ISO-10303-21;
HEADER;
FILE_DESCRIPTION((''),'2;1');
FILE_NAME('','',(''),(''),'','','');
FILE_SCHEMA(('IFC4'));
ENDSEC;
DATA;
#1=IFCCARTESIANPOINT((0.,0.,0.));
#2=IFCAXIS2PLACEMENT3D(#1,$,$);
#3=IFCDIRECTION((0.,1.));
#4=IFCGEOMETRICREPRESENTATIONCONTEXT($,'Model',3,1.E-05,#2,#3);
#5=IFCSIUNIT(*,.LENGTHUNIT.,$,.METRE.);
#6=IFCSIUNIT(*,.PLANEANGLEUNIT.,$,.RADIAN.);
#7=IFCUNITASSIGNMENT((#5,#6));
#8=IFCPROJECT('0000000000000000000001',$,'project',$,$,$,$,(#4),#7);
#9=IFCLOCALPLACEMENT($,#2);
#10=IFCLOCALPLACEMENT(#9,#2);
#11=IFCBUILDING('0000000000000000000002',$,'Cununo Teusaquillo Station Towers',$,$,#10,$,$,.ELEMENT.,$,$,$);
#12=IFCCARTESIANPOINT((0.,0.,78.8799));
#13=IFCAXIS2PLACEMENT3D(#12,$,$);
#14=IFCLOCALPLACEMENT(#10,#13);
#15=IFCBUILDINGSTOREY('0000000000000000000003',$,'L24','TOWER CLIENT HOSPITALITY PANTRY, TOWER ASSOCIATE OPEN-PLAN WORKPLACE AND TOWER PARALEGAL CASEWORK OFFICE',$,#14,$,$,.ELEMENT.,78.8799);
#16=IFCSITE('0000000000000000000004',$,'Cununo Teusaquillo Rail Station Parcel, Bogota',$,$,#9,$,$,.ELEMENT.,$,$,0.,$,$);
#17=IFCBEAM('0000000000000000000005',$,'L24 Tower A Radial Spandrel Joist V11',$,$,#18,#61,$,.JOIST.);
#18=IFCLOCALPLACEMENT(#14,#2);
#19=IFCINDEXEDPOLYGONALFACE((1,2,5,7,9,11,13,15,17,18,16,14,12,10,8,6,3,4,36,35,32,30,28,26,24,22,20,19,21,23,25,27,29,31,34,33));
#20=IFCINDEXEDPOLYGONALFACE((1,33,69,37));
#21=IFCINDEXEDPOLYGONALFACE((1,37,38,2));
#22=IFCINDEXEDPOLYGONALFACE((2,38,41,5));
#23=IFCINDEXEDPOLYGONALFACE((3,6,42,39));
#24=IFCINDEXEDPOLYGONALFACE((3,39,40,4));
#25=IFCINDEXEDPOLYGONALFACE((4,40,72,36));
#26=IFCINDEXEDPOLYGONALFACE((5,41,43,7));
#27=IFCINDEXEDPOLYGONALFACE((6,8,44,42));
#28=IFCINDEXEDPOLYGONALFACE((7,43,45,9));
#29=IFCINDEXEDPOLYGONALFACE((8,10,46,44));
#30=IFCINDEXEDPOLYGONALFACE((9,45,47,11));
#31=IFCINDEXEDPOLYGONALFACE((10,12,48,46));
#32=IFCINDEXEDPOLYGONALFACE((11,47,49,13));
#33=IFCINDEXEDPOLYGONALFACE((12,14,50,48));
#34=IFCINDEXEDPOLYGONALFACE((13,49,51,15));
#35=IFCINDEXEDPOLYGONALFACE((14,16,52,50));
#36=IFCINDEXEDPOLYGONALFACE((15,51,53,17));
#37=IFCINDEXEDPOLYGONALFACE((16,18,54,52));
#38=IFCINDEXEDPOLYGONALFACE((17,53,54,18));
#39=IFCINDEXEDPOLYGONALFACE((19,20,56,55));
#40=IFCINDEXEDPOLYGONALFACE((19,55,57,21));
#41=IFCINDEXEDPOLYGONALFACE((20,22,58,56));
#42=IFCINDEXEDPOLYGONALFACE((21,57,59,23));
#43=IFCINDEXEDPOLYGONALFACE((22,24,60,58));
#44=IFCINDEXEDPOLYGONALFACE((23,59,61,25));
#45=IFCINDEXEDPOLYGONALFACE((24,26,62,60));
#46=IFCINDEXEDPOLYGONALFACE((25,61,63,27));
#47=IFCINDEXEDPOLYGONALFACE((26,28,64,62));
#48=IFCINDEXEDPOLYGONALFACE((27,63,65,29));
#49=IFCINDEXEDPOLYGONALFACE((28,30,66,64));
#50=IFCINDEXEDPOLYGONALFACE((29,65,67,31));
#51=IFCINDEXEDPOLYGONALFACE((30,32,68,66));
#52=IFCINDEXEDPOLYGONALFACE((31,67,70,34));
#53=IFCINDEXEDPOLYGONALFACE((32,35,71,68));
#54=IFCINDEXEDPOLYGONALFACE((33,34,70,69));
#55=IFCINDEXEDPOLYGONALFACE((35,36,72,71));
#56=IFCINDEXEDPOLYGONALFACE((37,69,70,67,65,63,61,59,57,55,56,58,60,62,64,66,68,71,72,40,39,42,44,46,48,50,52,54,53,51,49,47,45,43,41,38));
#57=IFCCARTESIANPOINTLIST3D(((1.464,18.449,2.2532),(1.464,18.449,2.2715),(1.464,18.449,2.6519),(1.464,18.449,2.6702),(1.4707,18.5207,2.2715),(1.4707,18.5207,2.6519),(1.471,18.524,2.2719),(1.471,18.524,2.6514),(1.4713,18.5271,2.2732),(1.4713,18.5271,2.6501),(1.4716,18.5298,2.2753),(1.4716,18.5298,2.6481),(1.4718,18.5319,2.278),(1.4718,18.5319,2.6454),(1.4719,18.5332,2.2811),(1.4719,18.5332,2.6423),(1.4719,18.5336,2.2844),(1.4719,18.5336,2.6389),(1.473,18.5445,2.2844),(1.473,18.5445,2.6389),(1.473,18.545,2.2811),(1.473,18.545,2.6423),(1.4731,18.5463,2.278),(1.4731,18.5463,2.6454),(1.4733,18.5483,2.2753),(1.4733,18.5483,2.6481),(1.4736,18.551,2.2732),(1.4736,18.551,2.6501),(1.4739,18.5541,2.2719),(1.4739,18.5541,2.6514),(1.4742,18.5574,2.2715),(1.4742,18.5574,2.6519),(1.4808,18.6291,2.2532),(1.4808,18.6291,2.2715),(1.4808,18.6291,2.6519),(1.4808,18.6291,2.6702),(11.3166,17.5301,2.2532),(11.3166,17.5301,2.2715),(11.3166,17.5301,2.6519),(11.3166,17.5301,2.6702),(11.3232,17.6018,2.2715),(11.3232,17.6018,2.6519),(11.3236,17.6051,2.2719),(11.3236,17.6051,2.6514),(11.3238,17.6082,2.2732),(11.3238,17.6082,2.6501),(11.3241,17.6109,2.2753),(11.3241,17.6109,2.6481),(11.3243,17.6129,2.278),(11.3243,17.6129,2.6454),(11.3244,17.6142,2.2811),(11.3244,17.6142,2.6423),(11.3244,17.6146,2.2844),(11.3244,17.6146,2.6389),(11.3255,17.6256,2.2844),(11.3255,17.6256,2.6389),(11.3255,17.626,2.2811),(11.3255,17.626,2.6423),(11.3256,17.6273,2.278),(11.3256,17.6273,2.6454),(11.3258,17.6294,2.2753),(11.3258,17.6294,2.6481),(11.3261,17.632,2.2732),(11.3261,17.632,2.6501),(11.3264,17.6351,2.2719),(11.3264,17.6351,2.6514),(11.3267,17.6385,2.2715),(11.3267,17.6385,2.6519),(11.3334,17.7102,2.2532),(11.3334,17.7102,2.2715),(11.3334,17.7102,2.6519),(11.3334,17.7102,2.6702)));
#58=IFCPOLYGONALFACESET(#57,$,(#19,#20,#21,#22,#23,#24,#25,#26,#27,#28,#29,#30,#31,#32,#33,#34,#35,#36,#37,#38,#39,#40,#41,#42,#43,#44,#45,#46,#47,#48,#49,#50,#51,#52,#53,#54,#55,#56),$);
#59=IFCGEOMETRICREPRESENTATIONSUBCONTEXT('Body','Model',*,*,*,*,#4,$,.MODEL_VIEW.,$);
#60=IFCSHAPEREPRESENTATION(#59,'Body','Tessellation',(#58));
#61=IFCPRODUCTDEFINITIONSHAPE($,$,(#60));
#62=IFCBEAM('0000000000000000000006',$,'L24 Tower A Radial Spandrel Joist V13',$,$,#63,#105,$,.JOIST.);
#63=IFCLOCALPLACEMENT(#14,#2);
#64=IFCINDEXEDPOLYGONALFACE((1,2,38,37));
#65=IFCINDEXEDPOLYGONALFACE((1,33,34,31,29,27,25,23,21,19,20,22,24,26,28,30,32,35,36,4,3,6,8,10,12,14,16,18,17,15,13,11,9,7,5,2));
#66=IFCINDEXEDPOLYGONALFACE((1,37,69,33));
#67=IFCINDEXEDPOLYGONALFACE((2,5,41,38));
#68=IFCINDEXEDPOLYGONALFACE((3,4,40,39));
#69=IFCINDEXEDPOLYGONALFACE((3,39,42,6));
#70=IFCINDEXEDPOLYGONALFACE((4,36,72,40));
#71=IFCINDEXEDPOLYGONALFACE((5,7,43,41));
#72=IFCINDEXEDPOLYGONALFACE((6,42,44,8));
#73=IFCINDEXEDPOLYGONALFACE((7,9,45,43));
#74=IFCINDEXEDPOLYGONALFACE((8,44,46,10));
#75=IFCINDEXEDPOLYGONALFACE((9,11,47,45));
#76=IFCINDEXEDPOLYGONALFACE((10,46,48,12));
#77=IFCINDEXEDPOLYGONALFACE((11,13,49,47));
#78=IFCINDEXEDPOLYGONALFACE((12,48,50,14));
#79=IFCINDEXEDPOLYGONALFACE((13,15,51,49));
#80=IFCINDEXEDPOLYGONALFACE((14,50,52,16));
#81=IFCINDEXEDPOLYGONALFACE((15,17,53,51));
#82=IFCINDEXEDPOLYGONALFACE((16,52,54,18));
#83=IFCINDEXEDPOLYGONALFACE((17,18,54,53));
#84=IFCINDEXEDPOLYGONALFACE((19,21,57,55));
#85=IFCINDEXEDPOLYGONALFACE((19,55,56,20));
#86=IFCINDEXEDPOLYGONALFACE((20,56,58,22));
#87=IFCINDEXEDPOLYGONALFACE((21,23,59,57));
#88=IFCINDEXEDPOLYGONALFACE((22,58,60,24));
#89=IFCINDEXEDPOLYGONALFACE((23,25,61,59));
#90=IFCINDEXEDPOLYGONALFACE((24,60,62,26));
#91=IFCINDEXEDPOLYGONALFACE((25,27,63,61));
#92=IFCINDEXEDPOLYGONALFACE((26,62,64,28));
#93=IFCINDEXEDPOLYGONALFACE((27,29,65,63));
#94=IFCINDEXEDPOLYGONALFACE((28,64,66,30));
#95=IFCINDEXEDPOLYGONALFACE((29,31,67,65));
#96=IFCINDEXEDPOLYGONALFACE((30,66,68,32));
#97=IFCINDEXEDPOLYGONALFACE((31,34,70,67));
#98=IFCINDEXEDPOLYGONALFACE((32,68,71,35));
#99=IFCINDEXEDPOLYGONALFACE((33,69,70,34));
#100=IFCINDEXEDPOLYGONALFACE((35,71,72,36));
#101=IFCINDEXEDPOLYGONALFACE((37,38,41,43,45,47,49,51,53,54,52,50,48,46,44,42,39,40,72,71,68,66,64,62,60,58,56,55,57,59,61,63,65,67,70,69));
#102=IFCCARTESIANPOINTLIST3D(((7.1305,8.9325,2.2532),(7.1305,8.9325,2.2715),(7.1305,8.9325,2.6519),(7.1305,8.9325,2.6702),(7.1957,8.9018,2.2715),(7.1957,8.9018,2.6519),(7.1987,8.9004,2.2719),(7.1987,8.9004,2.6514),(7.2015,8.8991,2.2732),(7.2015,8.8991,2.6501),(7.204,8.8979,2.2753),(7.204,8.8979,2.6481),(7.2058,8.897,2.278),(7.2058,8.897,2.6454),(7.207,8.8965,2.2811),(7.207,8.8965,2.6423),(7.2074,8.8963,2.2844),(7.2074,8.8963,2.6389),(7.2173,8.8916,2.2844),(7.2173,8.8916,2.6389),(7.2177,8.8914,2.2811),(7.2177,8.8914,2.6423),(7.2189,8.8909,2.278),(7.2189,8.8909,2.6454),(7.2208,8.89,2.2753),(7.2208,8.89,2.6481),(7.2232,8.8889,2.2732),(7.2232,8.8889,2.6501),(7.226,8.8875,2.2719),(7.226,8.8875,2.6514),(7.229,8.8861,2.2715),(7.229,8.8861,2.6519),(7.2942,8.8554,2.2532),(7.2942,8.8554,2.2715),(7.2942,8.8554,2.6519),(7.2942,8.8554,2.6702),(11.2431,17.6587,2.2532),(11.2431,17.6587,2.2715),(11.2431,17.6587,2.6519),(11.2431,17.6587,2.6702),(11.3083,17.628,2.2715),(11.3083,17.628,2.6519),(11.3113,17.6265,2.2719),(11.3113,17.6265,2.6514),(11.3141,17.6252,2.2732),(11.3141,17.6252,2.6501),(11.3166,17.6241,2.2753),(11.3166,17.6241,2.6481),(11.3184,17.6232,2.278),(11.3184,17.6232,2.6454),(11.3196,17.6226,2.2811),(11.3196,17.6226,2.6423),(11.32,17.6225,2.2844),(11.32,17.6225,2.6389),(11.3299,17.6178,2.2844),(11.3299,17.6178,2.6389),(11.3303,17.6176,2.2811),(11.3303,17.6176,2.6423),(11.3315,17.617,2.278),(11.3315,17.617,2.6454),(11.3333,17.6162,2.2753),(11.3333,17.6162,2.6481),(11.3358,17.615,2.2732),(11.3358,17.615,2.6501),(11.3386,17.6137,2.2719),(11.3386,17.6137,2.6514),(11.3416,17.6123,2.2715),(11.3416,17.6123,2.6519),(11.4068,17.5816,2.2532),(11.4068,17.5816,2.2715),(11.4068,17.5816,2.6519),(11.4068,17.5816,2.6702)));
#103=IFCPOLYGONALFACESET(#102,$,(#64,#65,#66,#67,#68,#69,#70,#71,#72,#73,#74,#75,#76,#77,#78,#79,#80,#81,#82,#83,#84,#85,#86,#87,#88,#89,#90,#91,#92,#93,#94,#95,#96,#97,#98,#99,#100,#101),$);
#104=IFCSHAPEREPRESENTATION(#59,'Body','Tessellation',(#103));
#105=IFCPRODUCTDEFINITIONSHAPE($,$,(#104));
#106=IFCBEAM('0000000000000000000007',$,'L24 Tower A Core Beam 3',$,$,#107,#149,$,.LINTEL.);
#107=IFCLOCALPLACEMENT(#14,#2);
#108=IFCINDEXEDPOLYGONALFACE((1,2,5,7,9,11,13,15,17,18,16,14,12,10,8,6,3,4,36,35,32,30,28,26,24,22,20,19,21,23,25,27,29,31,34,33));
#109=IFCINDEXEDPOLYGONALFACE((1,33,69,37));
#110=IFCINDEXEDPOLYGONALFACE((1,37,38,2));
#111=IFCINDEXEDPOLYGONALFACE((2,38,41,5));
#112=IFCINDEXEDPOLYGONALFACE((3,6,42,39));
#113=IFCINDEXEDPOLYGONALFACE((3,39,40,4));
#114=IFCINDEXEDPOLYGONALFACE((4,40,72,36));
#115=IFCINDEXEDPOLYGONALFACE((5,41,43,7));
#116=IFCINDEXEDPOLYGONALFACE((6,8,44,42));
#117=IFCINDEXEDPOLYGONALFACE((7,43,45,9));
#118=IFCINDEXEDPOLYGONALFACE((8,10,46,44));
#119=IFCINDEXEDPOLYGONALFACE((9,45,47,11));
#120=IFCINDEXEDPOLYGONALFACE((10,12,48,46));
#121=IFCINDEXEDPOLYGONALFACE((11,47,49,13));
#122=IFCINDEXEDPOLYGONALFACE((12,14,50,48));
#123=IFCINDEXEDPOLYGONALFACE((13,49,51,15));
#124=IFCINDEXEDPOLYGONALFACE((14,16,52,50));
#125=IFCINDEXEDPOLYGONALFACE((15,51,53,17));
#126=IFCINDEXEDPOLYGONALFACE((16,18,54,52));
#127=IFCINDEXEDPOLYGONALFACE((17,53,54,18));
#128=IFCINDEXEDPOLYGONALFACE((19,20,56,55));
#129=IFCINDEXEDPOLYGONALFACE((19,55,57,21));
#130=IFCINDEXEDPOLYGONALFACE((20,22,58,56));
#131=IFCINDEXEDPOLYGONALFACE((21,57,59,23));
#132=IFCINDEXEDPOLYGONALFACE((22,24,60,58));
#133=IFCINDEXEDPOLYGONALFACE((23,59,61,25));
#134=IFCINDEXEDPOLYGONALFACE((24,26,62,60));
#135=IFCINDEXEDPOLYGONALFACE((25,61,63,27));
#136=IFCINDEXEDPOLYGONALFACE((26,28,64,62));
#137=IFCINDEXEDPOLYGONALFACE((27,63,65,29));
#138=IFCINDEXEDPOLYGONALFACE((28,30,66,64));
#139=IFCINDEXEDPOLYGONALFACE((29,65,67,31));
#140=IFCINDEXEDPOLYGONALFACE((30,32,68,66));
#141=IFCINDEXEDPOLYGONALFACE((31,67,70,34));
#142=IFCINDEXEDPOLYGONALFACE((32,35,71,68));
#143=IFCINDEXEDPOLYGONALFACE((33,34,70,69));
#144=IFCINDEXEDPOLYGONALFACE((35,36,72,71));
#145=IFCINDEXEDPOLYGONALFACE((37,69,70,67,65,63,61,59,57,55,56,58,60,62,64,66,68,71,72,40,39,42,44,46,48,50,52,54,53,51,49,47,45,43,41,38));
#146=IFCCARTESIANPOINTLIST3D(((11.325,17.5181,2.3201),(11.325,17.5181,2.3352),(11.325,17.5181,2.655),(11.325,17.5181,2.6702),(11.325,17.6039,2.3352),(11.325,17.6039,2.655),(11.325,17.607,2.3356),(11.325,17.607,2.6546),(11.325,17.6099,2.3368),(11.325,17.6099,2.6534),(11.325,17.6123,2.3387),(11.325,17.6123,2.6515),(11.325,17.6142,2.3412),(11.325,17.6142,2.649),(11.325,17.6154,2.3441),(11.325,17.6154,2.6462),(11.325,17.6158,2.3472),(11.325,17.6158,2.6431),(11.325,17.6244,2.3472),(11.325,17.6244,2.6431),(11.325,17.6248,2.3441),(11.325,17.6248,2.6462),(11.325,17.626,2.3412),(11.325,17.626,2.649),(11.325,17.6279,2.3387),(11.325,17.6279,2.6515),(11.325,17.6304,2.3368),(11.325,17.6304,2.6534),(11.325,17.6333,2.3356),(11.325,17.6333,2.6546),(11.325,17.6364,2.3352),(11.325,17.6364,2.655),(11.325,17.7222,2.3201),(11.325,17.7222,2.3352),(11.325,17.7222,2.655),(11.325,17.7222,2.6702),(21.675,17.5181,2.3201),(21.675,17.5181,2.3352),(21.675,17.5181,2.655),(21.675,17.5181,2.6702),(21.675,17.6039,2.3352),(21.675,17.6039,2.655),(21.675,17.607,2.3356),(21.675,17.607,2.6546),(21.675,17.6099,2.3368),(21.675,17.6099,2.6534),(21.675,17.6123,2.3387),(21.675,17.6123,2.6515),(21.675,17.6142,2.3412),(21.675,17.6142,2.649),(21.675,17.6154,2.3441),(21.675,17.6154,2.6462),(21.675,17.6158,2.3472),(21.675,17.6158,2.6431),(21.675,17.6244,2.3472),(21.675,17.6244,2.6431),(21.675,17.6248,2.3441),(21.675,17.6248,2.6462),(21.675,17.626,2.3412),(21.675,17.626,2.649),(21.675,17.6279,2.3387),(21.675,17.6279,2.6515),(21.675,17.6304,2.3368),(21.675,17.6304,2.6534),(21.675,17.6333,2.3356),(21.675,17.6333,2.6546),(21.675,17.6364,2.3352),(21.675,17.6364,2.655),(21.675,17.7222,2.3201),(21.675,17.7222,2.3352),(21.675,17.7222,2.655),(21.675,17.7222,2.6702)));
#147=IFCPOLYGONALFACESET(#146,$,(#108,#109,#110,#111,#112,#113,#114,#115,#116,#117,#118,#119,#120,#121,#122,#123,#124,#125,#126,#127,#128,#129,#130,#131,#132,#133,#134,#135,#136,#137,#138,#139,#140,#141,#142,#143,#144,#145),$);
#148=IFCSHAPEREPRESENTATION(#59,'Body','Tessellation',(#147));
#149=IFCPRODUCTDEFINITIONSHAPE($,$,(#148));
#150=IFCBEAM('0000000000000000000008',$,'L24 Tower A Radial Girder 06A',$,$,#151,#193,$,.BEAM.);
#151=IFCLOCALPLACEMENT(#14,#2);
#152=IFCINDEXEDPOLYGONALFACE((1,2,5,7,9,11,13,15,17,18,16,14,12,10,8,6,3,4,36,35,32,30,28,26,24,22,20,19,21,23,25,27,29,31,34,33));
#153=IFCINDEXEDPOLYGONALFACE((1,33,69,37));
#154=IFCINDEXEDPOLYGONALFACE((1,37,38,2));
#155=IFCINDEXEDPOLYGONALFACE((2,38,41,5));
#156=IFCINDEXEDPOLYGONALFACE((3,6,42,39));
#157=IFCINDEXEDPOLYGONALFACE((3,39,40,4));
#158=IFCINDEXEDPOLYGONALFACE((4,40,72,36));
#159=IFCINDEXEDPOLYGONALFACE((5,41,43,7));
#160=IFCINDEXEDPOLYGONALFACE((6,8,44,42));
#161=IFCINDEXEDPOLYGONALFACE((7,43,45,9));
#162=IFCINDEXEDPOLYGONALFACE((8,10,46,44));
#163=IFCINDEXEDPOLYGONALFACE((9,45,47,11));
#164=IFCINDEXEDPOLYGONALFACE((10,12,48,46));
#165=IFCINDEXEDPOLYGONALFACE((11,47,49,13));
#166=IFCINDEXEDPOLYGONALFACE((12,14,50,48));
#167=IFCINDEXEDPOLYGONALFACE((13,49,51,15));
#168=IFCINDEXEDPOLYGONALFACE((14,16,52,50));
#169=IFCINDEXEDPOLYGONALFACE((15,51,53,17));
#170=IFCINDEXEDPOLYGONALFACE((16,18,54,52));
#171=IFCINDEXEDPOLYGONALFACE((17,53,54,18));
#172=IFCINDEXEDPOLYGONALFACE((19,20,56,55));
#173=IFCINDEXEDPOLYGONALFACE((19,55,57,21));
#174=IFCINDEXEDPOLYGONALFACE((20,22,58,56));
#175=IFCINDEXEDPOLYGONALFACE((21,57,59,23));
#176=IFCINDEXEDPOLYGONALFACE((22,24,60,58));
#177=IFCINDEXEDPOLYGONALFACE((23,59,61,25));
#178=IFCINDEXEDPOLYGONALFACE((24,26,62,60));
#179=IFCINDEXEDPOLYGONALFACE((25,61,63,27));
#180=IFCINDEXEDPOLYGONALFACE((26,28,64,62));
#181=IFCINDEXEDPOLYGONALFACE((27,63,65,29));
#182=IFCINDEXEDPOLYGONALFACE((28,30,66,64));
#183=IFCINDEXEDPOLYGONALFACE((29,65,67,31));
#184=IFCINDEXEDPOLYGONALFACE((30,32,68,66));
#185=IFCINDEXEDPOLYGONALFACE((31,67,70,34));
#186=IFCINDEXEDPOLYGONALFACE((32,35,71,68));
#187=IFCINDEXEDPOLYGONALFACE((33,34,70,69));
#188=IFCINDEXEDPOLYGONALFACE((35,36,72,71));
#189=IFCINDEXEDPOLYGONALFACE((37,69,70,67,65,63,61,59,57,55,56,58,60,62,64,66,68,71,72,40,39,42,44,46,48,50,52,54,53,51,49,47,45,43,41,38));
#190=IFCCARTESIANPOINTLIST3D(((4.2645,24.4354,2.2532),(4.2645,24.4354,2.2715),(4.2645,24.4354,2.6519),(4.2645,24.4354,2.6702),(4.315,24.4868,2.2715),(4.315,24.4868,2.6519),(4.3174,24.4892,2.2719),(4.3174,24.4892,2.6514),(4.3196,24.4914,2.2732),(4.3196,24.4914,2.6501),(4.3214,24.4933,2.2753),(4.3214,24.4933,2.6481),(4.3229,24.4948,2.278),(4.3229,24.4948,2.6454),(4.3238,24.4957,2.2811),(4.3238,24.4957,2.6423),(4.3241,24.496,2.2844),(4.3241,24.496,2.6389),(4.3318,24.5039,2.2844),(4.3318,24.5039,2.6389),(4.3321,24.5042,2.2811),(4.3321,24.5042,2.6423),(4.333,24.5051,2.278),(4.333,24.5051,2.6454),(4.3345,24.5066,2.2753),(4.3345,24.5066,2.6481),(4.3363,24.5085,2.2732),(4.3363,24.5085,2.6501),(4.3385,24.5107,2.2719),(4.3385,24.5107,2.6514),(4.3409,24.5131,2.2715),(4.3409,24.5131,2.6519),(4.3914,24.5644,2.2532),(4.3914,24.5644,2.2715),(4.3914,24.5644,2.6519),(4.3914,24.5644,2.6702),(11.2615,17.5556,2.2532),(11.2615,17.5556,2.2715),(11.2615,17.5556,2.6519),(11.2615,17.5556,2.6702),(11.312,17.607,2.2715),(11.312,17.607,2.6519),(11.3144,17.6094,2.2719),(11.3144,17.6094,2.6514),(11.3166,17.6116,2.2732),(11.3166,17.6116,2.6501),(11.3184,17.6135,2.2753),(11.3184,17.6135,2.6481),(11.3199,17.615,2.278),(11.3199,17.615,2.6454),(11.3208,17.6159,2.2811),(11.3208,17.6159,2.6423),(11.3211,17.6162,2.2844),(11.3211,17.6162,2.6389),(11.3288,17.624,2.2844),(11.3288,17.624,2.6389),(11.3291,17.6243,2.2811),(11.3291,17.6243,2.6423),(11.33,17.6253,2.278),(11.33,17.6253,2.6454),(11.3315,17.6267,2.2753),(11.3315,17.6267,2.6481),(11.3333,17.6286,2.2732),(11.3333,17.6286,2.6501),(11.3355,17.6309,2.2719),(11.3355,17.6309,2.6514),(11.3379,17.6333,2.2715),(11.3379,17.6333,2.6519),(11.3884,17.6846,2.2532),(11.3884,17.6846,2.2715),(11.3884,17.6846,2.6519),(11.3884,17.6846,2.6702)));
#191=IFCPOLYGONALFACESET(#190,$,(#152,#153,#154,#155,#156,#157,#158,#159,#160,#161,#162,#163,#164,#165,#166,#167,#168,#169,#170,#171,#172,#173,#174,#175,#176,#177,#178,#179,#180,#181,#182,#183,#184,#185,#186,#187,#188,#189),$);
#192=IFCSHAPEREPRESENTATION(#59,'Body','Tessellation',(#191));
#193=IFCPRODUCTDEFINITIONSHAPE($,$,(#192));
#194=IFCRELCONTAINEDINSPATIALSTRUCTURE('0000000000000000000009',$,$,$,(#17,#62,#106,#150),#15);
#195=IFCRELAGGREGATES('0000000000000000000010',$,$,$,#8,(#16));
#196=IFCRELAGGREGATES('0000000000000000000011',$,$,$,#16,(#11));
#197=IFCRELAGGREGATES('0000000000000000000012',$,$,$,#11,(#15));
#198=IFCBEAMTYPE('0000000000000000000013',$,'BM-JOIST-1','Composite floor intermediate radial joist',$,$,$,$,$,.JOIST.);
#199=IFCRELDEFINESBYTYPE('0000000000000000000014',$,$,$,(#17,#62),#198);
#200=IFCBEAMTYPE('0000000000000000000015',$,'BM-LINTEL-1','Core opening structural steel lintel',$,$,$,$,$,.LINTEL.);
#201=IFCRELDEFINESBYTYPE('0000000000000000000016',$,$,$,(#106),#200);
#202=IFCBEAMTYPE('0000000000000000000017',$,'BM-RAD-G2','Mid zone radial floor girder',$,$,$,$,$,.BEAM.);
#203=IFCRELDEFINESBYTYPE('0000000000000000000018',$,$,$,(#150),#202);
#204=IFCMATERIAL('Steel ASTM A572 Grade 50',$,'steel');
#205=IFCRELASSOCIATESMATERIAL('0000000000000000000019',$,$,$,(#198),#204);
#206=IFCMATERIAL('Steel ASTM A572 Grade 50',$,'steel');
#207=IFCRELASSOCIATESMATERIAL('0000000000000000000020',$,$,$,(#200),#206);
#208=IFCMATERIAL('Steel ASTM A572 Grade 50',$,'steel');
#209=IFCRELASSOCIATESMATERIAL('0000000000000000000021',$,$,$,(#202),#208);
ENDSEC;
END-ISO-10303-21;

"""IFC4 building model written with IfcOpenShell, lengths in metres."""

from ifc_helpers import new_model, si_unit, direction, frame, origin, origin_2d, place, context, subcontext, project, spatial, i_section, extrude, material, material_profile, profile_set, type_object, element, save


model = new_model("IFC4")

# Units and contexts
model_context = context("Model", 3, precision=1e-05, world=origin(), true_north=direction((0.0, 1.0)))
body_context = subcontext(model_context, "Body", "Model", "MODEL_VIEW")
ifc_project = project(units=[si_unit("LENGTHUNIT", "METRE"), si_unit("PLANEANGLEUNIT", "RADIAN")], contexts=[model_context])

# Site, building, storey
site_placement = place(None, origin())
site = spatial("IfcSite", under=ifc_project, at=site_placement, Name="Cununo Teusaquillo Rail Station Parcel, Bogota", CompositionType="ELEMENT", RefElevation=0.0)
building_placement = place(site_placement, origin())
building = spatial("IfcBuilding", under=site, at=building_placement, Name="Cununo Teusaquillo Station Towers", CompositionType="ELEMENT")
storey_placement = place(building_placement, frame((0.0, 0.0, 78.8799)))
storey = spatial("IfcBuildingStorey", under=building, at=storey_placement, Name="L24", Description="TOWER CLIENT HOSPITALITY PANTRY, TOWER ASSOCIATE OPEN-PLAN WORKPLACE AND TOWER PARALEGAL CASEWORK OFFICE", CompositionType="ELEMENT", Elevation=78.8799)

# Beams
ifc_material_1 = material(Name="Steel ASTM A572 Grade 50", Category="steel")
ifc_material_profile_1 = material_profile(ifc_material_1, i_section(OverallWidth=0.1809, OverallDepth=0.417, WebThickness=0.011, FlangeThickness=0.0183, FilletRadius=0.0129, at=origin_2d()), Name="W16X57")
ifc_profile_set_1 = profile_set([ifc_material_profile_1], Name="Steel ASTM A572 Grade 50")
beam_type_1 = type_object("IfcBeamType", Name="BM-JOIST-1", Description="Composite floor intermediate radial joist", PredefinedType="JOIST", material=ifc_profile_set_1)
beam_1_placement = place(storey_placement, frame((11.325, 17.6201, 2.4617), z_axis=(-0.995679, 0.092867, 0.0), x_axis=(-0.092867, -0.995679, 0.0)))
element("IfcBeam", 1, at=beam_1_placement, inside=storey, type_object=beam_type_1, Name="L24 Tower A Radial Spandrel Joist V11", PredefinedType="JOIST", context=body_context, shape_type="SweptSolid", body=[
    extrude(i_section(OverallWidth=0.1809, OverallDepth=0.417, WebThickness=0.011, FlangeThickness=0.0183, FilletRadius=0.0129, at=origin_2d()), origin(), (0.0, 0.0, 1.0), 9.8953),
])
beam_2_placement = place(storey_placement, frame((11.325, 17.6201, 2.4617), z_axis=(-0.42632, -0.904572, 0.0), x_axis=(0.904572, -0.42632, 0.0)))
element("IfcBeam", 2, at=beam_2_placement, inside=storey, type_object=beam_type_1, Name="L24 Tower A Radial Spandrel Joist V13", PredefinedType="JOIST", context=body_context, shape_type="SweptSolid", body=[
    extrude(i_section(OverallWidth=0.1809, OverallDepth=0.417, WebThickness=0.011, FlangeThickness=0.0183, FilletRadius=0.0129, at=origin_2d()), origin(), (0.0, 0.0, 1.0), 9.6467),
])
ifc_material_2 = material(Name="Steel ASTM A572 Grade 50", Category="steel")
ifc_material_profile_2 = material_profile(ifc_material_2, i_section(OverallWidth=0.2041, OverallDepth=0.3501, WebThickness=0.0085, FlangeThickness=0.0151, FilletRadius=0.012, at=origin_2d()), Name="W14X48")
ifc_profile_set_2 = profile_set([ifc_material_profile_2], Name="Steel ASTM A572 Grade 50")
beam_type_2 = type_object("IfcBeamType", Name="BM-LINTEL-1", Description="Core opening structural steel lintel", PredefinedType="LINTEL", material=ifc_profile_set_2)
beam_3_placement = place(storey_placement, frame((11.325, 17.6201, 2.4951), z_axis=(1.0, 0.0, 0.0), x_axis=(0.0, 1.0, 0.0)))
element("IfcBeam", 3, at=beam_3_placement, inside=storey, type_object=beam_type_2, Name="L24 Tower A Core Beam 3", PredefinedType="LINTEL", context=body_context, shape_type="SweptSolid", body=[
    extrude(i_section(OverallWidth=0.2041, OverallDepth=0.3501, WebThickness=0.0085, FlangeThickness=0.0151, FilletRadius=0.012, at=origin_2d()), origin(), (0.0, 0.0, 1.0), 10.3501),
])
ifc_material_3 = material(Name="Steel ASTM A572 Grade 50", Category="steel")
ifc_material_profile_3 = material_profile(ifc_material_3, i_section(OverallWidth=0.1809, OverallDepth=0.417, WebThickness=0.011, FlangeThickness=0.0183, FilletRadius=0.0129, at=origin_2d()), Name="W16X57")
ifc_profile_set_3 = profile_set([ifc_material_profile_3], Name="Steel ASTM A572 Grade 50")
beam_type_3 = type_object("IfcBeamType", Name="BM-RAD-G2", Description="Mid zone radial floor girder", PredefinedType="BEAM", material=ifc_profile_set_3)
beam_4_placement = place(storey_placement, frame((11.325, 17.6201, 2.4617), z_axis=(-0.713053, 0.70111, 0.0), x_axis=(-0.70111, -0.713053, 0.0)))
element("IfcBeam", 4, at=beam_4_placement, inside=storey, type_object=beam_type_3, Name="L24 Tower A Radial Girder 06A", PredefinedType="BEAM", context=body_context, shape_type="SweptSolid", body=[
    extrude(i_section(OverallWidth=0.1809, OverallDepth=0.417, WebThickness=0.011, FlangeThickness=0.0183, FilletRadius=0.0129, at=origin_2d()), origin(), (0.0, 0.0, 1.0), 9.8127),
])

save(model, "model.ifc")
